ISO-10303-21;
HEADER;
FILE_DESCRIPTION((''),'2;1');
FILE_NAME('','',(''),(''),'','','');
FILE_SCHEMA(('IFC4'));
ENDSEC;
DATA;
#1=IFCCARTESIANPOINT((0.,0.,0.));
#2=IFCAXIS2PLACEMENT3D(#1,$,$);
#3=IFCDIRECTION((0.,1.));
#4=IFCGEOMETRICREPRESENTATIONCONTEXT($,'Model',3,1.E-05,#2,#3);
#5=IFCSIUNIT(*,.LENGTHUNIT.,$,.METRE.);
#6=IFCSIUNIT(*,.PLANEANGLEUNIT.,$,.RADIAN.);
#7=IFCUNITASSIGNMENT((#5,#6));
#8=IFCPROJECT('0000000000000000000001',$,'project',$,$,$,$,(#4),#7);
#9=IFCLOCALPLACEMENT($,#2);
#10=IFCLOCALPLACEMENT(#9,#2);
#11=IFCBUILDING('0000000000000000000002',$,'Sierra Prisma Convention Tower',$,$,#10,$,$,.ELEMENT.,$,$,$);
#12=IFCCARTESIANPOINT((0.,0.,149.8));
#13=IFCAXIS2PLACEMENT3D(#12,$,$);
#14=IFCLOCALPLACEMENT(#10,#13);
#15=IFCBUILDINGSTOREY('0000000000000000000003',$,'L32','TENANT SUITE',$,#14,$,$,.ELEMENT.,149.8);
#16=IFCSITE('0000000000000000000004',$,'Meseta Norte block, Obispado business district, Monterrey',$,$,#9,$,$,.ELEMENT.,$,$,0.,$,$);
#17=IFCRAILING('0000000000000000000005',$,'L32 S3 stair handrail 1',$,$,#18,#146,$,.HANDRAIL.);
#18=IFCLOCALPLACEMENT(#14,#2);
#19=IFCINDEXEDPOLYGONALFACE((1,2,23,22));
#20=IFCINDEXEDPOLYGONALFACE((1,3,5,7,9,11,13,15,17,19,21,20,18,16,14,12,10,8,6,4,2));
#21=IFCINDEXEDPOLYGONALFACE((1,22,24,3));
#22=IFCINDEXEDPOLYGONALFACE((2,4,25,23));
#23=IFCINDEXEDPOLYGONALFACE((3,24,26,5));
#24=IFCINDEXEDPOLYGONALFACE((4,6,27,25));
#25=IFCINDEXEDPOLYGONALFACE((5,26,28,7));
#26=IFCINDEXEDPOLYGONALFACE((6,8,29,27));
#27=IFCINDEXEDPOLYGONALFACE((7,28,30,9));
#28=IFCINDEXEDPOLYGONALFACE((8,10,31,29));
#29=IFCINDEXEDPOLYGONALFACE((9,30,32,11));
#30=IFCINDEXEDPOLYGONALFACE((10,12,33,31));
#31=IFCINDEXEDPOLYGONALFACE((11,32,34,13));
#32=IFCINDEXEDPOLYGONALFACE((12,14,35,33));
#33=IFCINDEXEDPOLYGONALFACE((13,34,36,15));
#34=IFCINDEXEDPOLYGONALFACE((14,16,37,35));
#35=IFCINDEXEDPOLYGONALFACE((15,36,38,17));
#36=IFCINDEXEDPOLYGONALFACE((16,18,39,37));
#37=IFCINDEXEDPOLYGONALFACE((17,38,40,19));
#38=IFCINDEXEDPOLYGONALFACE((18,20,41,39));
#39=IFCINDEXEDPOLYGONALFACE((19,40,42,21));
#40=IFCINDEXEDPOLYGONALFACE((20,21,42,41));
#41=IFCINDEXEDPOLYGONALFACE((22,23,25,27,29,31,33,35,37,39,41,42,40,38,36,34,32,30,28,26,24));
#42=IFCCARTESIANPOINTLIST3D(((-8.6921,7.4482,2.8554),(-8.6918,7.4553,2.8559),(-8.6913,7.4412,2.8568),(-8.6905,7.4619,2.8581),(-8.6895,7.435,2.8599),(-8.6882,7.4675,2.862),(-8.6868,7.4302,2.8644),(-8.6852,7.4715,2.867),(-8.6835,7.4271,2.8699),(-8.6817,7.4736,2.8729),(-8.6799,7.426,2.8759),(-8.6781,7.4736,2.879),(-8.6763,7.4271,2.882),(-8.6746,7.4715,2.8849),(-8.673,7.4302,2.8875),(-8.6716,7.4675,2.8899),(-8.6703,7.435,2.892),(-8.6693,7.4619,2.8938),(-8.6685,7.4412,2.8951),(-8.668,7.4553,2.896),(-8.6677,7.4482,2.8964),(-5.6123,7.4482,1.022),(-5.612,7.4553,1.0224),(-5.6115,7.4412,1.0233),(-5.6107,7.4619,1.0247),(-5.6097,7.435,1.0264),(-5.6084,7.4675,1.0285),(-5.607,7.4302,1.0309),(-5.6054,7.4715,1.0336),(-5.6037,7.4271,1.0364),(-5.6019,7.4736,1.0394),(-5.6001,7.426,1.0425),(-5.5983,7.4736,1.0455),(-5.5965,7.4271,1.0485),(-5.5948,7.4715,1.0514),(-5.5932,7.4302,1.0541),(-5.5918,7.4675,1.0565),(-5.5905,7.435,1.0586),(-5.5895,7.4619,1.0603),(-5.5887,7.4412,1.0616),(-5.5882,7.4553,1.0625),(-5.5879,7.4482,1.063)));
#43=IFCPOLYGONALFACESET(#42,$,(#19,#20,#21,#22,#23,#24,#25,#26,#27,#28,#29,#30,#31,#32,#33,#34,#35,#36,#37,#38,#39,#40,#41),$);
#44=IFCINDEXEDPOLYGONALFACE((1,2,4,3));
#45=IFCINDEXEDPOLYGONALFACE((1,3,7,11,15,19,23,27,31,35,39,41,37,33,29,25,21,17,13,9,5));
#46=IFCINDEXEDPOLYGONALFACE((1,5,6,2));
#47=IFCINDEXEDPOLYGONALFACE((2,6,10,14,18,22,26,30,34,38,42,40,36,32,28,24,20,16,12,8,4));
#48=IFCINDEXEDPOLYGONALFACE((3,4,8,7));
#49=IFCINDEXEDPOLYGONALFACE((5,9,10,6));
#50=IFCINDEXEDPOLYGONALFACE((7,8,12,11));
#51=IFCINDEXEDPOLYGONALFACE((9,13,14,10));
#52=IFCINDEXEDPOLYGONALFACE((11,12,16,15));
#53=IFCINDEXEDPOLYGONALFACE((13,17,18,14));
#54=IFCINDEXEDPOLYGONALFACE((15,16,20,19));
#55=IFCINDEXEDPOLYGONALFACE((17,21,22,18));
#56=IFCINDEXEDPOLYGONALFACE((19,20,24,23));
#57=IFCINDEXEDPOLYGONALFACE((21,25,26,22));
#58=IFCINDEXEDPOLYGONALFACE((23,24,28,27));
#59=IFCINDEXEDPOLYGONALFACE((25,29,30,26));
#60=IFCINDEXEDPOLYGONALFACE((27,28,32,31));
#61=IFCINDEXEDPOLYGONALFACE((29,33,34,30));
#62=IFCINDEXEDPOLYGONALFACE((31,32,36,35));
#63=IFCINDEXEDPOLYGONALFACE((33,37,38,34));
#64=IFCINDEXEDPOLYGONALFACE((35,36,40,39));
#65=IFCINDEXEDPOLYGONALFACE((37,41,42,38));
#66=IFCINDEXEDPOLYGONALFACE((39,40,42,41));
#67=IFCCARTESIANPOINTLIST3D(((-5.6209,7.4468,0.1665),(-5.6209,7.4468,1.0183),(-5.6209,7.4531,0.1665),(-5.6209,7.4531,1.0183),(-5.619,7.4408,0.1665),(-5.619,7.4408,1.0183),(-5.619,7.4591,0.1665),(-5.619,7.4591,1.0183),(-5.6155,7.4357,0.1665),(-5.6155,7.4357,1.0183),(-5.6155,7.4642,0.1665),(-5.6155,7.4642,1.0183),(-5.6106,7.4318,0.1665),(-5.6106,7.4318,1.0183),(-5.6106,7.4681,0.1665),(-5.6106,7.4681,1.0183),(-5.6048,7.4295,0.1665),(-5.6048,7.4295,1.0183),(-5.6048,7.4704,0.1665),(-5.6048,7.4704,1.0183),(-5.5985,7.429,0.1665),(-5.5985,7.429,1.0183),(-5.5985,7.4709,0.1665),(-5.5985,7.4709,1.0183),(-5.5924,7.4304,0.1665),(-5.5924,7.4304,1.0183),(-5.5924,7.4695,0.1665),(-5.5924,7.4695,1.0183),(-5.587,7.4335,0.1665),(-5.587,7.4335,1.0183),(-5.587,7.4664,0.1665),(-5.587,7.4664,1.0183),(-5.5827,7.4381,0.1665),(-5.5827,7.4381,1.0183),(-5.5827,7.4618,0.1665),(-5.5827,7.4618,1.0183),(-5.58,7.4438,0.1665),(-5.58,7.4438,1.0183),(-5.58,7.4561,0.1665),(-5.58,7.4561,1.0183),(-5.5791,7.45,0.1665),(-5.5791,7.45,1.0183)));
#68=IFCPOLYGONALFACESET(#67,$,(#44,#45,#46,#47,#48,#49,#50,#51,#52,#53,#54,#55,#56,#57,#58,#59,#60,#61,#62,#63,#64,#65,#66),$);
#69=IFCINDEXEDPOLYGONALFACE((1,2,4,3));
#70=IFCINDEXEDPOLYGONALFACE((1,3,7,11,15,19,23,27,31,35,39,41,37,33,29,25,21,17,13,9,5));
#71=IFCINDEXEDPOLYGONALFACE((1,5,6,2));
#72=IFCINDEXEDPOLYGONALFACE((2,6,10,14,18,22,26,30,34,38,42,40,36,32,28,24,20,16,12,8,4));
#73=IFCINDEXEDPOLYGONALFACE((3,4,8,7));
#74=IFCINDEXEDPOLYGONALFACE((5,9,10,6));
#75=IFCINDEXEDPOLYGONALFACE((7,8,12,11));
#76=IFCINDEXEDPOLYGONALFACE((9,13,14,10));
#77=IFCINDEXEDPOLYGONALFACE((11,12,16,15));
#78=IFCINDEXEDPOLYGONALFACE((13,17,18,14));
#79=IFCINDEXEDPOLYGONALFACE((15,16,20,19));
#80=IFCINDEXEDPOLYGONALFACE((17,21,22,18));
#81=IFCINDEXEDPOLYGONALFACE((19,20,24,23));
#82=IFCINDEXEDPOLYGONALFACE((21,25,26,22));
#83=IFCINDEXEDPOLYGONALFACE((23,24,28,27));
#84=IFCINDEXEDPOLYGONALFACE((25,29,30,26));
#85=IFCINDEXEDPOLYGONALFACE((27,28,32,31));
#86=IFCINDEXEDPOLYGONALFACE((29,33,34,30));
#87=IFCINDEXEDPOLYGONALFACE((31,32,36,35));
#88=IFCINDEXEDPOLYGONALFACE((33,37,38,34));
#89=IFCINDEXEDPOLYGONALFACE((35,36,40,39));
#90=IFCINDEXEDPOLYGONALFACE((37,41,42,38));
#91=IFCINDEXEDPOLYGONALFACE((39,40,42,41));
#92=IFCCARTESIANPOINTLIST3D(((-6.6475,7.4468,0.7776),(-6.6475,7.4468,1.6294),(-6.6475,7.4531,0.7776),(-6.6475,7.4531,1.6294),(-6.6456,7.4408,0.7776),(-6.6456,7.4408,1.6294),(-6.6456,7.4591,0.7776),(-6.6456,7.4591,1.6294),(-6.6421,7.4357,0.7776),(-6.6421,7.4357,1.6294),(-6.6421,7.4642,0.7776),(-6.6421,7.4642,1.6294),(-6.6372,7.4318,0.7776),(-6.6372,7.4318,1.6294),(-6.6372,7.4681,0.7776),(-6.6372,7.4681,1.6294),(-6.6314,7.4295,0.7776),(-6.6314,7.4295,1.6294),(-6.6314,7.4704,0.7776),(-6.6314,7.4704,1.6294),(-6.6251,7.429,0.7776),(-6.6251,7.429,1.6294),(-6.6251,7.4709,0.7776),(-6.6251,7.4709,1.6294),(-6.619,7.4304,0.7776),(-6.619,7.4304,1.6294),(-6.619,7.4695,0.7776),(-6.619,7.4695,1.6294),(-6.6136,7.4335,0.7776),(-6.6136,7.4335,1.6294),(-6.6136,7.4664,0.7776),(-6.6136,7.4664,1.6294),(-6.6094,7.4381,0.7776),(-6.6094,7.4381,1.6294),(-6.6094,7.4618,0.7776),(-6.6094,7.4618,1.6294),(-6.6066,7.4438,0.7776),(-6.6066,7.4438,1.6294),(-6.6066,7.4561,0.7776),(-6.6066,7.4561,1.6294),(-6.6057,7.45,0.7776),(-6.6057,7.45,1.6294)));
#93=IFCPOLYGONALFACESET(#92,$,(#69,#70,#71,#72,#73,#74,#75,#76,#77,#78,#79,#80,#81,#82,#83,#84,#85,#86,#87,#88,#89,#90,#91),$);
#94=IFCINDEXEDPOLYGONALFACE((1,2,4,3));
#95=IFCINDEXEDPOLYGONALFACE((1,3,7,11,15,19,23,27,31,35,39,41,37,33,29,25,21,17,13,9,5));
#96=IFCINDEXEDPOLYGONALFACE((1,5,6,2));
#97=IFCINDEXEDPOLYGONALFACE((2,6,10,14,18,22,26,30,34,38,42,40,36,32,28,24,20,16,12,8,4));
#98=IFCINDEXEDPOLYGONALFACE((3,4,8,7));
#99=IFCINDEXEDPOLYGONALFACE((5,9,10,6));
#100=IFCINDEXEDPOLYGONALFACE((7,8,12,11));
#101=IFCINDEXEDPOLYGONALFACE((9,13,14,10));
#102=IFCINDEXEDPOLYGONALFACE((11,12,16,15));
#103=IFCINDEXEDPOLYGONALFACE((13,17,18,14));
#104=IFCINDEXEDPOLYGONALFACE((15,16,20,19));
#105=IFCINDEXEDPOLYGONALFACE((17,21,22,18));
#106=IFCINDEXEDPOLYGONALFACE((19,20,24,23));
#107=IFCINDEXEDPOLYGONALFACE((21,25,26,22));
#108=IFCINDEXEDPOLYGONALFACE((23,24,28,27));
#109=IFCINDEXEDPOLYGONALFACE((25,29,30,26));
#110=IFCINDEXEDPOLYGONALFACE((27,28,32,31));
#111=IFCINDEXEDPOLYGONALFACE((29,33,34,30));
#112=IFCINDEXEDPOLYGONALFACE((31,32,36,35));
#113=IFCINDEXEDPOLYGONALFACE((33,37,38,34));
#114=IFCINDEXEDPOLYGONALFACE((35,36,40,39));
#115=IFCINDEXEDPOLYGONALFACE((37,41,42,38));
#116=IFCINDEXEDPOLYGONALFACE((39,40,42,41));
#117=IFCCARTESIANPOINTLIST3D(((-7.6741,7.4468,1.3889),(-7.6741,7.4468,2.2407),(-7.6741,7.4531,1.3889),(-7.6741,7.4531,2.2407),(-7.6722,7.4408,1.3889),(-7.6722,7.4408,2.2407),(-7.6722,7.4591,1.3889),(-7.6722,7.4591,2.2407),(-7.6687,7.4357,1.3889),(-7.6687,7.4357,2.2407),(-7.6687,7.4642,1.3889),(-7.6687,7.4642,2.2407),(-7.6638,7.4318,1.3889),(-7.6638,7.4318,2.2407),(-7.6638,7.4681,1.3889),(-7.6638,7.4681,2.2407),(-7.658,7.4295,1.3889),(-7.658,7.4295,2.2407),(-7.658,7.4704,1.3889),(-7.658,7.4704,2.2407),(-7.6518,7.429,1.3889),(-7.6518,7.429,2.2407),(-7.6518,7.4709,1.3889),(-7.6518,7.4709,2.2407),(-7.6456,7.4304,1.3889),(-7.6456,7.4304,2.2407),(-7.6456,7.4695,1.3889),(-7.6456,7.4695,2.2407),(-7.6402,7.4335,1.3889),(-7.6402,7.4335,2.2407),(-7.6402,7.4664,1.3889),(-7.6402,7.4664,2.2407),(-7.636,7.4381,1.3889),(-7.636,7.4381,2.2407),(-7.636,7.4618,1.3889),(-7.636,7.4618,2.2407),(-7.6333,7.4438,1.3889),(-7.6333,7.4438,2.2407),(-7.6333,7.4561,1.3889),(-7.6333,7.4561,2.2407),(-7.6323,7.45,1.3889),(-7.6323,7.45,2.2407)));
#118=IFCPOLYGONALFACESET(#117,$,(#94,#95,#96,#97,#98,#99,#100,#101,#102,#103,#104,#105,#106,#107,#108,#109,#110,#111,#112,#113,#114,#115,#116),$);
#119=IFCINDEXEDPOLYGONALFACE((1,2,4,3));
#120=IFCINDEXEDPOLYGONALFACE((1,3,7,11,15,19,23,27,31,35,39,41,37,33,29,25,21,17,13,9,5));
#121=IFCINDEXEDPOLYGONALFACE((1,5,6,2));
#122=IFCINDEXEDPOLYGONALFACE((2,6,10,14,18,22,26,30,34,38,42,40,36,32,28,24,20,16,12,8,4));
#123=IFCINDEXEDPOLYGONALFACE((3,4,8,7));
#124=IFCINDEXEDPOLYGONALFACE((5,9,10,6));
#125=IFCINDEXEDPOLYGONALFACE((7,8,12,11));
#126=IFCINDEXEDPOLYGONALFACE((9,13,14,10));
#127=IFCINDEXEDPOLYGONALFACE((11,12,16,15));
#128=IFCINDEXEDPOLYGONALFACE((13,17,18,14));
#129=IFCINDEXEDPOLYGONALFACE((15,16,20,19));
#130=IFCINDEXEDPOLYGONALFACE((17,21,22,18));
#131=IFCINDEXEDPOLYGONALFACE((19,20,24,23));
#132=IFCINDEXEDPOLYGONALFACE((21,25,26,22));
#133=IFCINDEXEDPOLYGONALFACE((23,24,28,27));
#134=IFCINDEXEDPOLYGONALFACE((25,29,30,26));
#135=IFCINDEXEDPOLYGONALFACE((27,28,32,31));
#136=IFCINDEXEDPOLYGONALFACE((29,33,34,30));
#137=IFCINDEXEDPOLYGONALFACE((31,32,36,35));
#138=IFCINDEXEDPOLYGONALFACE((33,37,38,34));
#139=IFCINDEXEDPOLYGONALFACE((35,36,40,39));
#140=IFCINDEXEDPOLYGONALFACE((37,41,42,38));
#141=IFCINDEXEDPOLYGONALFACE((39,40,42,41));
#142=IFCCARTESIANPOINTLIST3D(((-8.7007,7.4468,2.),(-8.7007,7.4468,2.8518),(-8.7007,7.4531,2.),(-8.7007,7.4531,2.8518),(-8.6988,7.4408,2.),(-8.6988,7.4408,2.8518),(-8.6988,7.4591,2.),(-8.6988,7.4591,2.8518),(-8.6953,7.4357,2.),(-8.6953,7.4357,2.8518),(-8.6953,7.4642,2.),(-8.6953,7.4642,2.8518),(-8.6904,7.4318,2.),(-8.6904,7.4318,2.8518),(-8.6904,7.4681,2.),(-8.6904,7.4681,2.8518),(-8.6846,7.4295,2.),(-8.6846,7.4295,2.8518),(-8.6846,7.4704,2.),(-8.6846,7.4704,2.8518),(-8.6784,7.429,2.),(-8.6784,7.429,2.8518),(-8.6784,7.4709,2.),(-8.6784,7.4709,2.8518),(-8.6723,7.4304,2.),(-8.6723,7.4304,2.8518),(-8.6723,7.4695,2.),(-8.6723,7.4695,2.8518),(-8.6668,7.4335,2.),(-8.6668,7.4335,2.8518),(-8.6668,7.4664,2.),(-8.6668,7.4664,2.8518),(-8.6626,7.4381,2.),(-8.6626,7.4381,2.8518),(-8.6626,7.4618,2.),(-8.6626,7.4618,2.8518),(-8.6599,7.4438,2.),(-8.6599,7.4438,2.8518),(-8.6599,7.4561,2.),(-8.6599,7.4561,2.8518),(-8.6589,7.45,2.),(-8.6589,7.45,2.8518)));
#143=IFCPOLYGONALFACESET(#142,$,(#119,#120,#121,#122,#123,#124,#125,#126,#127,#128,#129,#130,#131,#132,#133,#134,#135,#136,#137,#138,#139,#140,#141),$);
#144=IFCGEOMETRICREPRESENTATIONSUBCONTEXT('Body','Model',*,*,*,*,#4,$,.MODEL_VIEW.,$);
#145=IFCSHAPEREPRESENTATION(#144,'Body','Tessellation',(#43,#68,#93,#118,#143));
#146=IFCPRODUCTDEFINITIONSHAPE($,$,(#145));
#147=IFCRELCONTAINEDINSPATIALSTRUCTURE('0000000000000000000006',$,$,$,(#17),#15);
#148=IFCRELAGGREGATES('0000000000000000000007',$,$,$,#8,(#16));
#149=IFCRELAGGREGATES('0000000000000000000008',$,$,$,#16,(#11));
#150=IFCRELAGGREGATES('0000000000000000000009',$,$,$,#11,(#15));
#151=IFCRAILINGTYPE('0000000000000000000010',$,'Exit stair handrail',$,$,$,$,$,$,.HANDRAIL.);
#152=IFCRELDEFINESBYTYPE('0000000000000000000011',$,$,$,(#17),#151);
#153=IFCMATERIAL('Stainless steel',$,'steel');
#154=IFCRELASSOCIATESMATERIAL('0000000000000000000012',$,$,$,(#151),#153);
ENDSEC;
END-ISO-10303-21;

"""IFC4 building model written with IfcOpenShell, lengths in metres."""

from ifc_helpers import new_model, si_unit, direction, frame, origin, origin_2d, place, context, subcontext, project, spatial, circle, extrude, material, type_object, element, save


model = new_model("IFC4")

# Units and contexts
model_context = context("Model", 3, precision=1e-05, world=origin(), true_north=direction((0.0, 1.0)))
body_context = subcontext(model_context, "Body", "Model", "MODEL_VIEW")
ifc_project = project(units=[si_unit("LENGTHUNIT", "METRE"), si_unit("PLANEANGLEUNIT", "RADIAN")], contexts=[model_context])

# Site, building, storey
site_placement = place(None, origin())
site = spatial("IfcSite", under=ifc_project, at=site_placement, Name="Meseta Norte block, Obispado business district, Monterrey", CompositionType="ELEMENT", RefElevation=0.0)
building_placement = place(site_placement, origin())
building = spatial("IfcBuilding", under=site, at=building_placement, Name="Sierra Prisma Convention Tower", CompositionType="ELEMENT")
storey_placement = place(building_placement, frame((0.0, 0.0, 149.8)))
storey = spatial("IfcBuildingStorey", under=building, at=storey_placement, Name="L32", Description="TENANT SUITE", CompositionType="ELEMENT", Elevation=149.8)

# Railing
ifc_material_1 = material(Name="Stainless steel", Category="steel")
railing_type_1 = type_object("IfcRailingType", Name="Exit stair handrail", PredefinedType="HANDRAIL", material=ifc_material_1)
railing_1_placement = place(storey_placement, frame((-5.6001, 7.45, 0.1665)))
element("IfcRailing", 1, at=railing_1_placement, inside=storey, type_object=railing_type_1, Name="L32 S3 stair handrail 1", PredefinedType="HANDRAIL", context=body_context, shape_type="SweptSolid", body=[
    extrude(circle(Radius=0.0239, at=origin_2d()), frame((0.0, 0.0, 0.876), z_axis=(-0.859261, 0.0, 0.511538), x_axis=(0.0, -1.0, 0.0)), (0.0, 0.0, 1.0), 3.5842),
    extrude(circle(Radius=0.021, at=origin_2d()), origin(), (0.0, 0.0, 1.0), 0.8518),
    extrude(circle(Radius=0.021, at=origin_2d()), frame((-1.0266, 0.0, 0.6111)), (0.0, 0.0, 1.0), 0.8518),
    extrude(circle(Radius=0.021, at=origin_2d()), frame((-2.0532, 0.0, 1.2224)), (0.0, 0.0, 1.0), 0.8518),
    extrude(circle(Radius=0.021, at=origin_2d()), frame((-3.0798, 0.0, 1.8335)), (0.0, 0.0, 1.0), 0.8518),
])

save(model, "model.ifc")
